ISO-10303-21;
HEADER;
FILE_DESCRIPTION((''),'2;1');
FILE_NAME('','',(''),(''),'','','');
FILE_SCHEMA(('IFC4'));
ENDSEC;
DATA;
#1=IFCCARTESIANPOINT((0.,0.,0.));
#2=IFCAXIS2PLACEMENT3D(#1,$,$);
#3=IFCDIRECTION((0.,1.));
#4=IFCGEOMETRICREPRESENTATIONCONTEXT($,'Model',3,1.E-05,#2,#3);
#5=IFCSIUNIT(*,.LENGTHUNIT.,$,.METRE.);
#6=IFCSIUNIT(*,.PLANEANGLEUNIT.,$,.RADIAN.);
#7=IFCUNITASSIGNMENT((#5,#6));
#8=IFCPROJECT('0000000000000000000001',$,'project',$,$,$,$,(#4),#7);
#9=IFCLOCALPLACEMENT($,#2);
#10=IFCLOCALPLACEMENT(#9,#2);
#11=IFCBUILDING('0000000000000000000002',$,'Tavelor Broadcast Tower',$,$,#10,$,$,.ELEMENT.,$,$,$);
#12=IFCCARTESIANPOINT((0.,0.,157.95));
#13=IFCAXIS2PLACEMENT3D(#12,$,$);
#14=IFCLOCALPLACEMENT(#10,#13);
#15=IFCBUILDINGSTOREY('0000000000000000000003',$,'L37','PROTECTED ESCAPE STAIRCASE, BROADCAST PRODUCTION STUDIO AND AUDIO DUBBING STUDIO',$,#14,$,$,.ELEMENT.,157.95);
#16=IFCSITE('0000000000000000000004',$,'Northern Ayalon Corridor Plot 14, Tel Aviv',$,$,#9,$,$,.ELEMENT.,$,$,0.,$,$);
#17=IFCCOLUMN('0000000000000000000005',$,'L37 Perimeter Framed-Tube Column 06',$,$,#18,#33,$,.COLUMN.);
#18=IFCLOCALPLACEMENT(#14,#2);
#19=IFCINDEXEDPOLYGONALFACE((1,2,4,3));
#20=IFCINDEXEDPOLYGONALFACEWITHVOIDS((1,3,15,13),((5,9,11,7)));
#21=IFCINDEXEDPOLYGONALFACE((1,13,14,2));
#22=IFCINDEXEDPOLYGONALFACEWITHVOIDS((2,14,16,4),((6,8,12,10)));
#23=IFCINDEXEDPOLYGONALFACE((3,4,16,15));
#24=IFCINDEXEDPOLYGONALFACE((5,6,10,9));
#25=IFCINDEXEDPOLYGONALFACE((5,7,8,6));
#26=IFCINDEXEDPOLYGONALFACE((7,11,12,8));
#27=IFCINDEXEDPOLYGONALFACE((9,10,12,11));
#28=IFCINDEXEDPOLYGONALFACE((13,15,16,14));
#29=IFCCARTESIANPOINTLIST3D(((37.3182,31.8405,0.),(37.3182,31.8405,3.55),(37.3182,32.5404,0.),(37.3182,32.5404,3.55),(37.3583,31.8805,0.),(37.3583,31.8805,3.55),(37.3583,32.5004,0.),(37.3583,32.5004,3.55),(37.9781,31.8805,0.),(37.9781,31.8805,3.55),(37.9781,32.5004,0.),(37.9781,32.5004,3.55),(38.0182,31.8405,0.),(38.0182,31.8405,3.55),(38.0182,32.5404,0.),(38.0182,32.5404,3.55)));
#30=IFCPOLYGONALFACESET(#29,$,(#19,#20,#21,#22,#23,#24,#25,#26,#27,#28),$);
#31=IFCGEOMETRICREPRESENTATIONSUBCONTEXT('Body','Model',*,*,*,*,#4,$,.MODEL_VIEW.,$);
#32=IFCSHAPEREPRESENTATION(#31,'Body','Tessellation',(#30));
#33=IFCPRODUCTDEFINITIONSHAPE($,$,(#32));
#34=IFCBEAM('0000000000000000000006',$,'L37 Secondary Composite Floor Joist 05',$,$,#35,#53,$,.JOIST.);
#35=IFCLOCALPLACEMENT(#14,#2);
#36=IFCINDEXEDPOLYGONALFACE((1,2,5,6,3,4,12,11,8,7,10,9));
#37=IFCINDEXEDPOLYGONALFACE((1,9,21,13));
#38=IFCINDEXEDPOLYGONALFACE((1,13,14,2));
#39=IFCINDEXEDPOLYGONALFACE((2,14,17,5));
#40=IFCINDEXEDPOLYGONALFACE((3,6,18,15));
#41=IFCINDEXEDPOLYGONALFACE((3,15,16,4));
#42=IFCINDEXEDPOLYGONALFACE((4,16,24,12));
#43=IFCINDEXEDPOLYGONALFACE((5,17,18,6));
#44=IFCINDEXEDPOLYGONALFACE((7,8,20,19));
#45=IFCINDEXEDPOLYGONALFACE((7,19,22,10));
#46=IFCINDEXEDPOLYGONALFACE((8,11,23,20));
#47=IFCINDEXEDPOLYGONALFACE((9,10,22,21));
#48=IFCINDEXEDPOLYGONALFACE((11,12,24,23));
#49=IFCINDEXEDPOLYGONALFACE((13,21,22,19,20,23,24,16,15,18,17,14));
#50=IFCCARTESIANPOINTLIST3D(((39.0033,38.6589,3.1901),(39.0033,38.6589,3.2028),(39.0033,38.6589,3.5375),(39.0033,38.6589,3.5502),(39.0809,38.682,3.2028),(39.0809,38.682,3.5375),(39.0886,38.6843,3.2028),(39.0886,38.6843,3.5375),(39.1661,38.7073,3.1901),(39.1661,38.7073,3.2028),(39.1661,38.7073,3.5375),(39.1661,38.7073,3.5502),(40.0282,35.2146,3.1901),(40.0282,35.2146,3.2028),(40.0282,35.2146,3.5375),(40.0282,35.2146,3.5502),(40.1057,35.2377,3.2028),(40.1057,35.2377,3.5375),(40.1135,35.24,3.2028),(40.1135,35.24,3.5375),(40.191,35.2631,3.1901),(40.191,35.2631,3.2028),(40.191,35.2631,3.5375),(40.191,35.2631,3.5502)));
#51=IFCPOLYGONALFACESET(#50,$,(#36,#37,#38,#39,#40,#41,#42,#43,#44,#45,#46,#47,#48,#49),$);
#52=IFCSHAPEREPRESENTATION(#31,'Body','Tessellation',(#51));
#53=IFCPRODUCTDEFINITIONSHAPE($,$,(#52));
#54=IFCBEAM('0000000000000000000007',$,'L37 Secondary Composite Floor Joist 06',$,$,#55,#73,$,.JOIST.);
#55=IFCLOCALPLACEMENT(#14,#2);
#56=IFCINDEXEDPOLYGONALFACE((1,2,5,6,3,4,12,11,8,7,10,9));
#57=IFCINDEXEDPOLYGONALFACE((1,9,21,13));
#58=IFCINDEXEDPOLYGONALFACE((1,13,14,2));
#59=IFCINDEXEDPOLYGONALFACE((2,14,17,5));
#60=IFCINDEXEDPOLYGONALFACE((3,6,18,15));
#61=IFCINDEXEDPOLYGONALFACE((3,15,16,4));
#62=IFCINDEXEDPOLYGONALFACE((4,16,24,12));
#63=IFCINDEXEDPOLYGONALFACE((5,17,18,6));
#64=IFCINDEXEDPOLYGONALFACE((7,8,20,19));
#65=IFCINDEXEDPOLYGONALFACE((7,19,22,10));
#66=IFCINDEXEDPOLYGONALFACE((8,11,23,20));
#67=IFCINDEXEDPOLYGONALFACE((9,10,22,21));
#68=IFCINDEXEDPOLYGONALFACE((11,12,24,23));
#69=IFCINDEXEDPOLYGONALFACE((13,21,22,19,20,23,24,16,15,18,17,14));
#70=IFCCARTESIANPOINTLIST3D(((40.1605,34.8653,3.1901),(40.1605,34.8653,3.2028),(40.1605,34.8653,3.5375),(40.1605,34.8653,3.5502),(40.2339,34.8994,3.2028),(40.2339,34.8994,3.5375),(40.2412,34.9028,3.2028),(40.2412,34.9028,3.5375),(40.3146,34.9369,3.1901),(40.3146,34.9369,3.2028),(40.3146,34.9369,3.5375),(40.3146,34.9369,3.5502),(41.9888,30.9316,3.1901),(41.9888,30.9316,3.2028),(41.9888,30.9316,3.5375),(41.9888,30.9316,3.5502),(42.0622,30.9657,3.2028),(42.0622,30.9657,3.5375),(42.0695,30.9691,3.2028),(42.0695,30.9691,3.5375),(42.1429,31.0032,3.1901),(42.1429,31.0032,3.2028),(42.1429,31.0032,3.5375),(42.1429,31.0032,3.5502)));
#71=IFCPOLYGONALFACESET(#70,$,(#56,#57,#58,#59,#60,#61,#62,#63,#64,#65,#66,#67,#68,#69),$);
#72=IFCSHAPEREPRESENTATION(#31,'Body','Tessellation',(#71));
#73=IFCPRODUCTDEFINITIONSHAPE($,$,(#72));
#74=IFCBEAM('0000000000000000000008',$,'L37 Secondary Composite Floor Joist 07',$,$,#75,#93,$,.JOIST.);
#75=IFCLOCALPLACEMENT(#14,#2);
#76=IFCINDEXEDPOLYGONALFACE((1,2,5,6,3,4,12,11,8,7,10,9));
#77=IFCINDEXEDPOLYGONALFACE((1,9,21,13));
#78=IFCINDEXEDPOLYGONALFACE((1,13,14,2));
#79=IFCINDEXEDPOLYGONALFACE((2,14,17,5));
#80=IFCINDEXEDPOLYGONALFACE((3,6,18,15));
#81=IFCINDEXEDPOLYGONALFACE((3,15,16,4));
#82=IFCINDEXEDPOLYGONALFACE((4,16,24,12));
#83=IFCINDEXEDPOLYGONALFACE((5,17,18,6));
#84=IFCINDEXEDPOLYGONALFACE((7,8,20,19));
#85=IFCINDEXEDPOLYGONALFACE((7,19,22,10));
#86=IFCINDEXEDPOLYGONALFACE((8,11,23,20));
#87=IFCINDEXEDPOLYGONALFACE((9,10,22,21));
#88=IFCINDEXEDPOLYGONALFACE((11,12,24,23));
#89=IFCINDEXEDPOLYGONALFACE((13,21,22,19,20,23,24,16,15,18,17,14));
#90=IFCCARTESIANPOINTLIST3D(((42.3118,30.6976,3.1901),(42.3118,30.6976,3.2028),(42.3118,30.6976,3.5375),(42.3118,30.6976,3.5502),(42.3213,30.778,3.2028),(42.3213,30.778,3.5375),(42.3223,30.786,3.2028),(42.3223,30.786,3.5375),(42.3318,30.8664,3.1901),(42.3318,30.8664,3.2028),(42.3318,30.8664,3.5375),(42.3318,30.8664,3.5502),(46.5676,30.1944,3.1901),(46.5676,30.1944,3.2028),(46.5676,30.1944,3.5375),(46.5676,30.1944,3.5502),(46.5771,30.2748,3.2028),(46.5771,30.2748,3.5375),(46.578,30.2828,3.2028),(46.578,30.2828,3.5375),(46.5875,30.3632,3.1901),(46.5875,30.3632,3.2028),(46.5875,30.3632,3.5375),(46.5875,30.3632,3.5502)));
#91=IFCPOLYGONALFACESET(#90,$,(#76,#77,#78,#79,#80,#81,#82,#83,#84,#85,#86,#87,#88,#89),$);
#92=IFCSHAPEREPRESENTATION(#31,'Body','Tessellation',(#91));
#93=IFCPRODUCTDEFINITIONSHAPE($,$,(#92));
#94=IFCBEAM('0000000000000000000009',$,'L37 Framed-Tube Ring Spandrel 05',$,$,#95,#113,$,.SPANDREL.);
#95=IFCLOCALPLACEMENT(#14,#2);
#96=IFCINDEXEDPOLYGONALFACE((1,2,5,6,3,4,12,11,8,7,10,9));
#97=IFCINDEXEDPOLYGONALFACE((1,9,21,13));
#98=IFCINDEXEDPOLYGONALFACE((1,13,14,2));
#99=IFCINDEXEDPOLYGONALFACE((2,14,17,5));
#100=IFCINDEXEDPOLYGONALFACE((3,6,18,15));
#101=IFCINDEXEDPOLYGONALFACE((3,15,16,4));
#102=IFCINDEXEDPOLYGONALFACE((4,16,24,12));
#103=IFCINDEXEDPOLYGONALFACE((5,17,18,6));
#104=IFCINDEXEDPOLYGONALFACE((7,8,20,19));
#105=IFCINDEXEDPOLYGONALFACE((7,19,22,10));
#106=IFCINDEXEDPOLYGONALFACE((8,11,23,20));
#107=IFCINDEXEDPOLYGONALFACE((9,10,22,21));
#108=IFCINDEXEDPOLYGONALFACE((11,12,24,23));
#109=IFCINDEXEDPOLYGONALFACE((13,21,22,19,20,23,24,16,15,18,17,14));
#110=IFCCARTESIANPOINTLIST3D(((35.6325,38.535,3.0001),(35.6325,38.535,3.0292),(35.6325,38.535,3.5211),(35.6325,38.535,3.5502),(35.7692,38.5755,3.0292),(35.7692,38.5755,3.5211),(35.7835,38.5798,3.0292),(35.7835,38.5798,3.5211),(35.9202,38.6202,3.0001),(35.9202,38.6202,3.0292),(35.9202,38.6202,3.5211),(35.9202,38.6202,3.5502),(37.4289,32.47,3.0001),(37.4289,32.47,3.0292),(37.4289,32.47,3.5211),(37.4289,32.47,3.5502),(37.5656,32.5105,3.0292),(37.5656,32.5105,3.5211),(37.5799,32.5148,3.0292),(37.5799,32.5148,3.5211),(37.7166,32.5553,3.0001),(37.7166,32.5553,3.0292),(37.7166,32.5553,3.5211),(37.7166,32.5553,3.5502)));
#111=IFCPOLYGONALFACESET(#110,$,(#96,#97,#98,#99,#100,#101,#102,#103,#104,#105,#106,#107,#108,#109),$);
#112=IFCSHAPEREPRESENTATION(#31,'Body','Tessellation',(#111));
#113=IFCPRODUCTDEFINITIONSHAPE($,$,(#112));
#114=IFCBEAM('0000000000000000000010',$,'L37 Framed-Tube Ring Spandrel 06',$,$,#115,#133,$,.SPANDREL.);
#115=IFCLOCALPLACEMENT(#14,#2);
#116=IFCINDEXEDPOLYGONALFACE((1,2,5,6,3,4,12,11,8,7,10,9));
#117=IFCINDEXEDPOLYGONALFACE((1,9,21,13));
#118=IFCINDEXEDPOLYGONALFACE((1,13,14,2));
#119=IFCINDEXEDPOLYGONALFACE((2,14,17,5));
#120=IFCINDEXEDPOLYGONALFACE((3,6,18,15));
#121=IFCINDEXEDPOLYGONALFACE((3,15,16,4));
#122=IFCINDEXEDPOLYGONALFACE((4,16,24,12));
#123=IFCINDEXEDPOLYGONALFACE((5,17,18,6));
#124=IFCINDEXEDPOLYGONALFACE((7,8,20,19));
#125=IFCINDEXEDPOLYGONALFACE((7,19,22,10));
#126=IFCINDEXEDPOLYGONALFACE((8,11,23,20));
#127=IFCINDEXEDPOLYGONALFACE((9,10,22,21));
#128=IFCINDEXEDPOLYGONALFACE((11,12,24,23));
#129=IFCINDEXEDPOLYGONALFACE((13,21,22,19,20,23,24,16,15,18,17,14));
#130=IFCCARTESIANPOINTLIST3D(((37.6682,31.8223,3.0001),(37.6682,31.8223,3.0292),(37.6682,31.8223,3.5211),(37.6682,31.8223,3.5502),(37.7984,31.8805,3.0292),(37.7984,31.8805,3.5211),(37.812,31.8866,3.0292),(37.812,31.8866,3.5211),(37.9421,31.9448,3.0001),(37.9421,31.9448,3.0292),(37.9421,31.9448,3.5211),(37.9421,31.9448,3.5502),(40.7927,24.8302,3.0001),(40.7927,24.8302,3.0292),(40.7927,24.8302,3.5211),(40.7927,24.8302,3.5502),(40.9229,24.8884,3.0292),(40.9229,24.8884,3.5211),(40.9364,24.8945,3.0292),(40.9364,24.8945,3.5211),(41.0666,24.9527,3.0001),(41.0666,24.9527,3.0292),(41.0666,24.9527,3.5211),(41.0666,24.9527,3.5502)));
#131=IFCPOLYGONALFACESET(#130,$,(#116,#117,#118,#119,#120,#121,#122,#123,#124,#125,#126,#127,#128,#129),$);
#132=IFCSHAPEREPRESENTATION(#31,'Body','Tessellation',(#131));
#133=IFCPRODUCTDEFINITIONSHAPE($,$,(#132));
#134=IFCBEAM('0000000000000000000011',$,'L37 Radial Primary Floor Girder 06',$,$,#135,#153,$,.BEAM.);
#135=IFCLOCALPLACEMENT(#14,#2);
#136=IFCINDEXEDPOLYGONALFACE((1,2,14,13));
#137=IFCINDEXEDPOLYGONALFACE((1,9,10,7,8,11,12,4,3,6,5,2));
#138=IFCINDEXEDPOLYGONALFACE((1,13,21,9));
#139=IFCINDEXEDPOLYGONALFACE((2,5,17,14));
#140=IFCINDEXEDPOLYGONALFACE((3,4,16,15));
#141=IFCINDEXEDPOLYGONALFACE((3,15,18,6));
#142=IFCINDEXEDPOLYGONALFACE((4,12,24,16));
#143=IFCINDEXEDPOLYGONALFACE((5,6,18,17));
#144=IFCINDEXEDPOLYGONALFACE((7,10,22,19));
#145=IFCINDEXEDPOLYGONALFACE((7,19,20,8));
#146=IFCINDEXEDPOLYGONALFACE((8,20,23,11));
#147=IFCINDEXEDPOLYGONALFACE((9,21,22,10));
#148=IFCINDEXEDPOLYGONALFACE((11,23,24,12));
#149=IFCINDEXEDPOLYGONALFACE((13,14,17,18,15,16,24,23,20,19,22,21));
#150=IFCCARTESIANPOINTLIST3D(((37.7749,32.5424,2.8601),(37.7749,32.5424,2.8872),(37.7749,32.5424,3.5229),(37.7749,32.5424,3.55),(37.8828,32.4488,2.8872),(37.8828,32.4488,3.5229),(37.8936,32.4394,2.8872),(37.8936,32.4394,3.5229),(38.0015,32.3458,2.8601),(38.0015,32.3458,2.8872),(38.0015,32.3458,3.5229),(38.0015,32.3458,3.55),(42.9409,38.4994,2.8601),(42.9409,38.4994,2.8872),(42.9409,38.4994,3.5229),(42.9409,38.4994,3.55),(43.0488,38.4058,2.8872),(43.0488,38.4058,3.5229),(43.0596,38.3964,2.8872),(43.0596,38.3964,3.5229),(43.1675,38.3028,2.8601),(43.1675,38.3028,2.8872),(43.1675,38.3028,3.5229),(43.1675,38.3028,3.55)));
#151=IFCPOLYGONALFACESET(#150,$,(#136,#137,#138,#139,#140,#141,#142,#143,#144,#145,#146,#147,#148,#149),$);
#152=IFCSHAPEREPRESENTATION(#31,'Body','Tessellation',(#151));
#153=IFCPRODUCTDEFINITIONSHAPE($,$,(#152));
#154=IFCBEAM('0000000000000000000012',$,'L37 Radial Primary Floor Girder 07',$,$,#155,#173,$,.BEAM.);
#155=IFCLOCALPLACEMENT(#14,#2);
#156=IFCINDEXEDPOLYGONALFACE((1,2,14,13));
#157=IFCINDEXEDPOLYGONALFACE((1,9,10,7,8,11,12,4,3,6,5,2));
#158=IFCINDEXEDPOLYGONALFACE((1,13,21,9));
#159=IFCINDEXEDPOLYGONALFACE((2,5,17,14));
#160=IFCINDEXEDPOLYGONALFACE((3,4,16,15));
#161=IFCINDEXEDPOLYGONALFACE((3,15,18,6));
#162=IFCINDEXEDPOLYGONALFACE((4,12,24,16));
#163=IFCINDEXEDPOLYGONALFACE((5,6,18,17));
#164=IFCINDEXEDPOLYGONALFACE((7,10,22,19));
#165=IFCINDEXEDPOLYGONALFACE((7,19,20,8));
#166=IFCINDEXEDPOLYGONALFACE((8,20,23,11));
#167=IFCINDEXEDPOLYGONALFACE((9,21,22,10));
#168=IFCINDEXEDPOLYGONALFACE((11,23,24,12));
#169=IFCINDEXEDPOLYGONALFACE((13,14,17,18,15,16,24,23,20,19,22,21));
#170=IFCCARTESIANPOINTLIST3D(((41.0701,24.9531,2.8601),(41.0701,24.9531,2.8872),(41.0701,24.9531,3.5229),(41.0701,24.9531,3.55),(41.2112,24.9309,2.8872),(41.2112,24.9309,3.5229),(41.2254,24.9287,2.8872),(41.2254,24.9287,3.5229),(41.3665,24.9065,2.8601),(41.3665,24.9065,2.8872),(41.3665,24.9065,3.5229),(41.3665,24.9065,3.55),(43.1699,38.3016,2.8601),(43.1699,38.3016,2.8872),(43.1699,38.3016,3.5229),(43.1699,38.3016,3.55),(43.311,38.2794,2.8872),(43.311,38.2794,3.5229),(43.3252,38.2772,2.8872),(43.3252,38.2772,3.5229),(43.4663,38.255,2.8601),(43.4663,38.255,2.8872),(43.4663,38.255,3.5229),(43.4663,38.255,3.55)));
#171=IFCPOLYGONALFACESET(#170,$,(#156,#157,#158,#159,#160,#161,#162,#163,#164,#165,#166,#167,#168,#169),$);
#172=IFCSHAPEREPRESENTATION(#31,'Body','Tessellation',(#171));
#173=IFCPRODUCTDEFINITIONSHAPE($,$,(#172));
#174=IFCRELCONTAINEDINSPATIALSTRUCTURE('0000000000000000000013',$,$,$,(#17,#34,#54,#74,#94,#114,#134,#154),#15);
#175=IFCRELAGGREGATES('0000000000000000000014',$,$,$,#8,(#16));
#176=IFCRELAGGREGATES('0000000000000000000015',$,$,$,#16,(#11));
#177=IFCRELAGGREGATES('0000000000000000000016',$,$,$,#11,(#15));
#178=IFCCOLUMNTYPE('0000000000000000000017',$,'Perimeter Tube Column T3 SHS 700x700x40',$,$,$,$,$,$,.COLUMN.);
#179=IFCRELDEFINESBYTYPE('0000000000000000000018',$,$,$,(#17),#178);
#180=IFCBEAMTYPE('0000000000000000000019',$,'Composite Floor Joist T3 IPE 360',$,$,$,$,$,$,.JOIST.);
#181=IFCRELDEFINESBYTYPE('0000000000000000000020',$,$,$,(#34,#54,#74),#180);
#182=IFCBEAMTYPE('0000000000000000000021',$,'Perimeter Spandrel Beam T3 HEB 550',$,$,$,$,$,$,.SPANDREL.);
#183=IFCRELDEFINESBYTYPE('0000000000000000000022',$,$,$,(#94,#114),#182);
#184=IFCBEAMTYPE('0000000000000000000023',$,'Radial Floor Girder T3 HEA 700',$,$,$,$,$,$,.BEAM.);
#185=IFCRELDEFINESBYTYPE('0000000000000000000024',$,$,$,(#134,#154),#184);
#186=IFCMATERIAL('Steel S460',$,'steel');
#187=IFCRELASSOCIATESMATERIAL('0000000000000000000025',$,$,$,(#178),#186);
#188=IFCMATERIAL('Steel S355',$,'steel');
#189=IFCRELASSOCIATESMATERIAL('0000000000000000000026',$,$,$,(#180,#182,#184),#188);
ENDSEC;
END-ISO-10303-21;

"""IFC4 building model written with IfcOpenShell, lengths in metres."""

from ifc_helpers import new_model, si_unit, direction, frame, origin, origin_2d, place, context, subcontext, project, spatial, hollow_rectangle, i_section, extrude, material, material_profile, profile_set, type_object, element, save


model = new_model("IFC4")

# Units and contexts
model_context = context("Model", 3, precision=1e-05, world=origin(), true_north=direction((0.0, 1.0)))
body_context = subcontext(model_context, "Body", "Model", "MODEL_VIEW")
ifc_project = project(units=[si_unit("LENGTHUNIT", "METRE"), si_unit("PLANEANGLEUNIT", "RADIAN")], contexts=[model_context])

# Site, building, storey
site_placement = place(None, origin())
site = spatial("IfcSite", under=ifc_project, at=site_placement, Name="Northern Ayalon Corridor Plot 14, Tel Aviv", CompositionType="ELEMENT", RefElevation=0.0)
building_placement = place(site_placement, origin())
building = spatial("IfcBuilding", under=site, at=building_placement, Name="Tavelor Broadcast Tower", CompositionType="ELEMENT")
storey_placement = place(building_placement, frame((0.0, 0.0, 157.95)))
storey = spatial("IfcBuildingStorey", under=building, at=storey_placement, Name="L37", Description="PROTECTED ESCAPE STAIRCASE, BROADCAST PRODUCTION STUDIO AND AUDIO DUBBING STUDIO", CompositionType="ELEMENT", Elevation=157.95)

# Column
ifc_material_1 = material(Name="Steel S460", Category="steel")
ifc_material_profile_1 = material_profile(ifc_material_1, hollow_rectangle(XDim=0.7, YDim=0.7, WallThickness=0.04, at=origin_2d()), Name="SHS 700x700x40")
ifc_profile_set_1 = profile_set([ifc_material_profile_1], Name="Steel S460")
column_type = type_object("IfcColumnType", Name="Perimeter Tube Column T3 SHS 700x700x40", PredefinedType="COLUMN", material=ifc_profile_set_1)
column_placement = place(storey_placement, frame((37.6682, 32.1904, 0.0), z_axis=(0.0, 0.0, 1.0), x_axis=(1.0, 0.0, 0.0)))
element("IfcColumn", 1, at=column_placement, inside=storey, type_object=column_type, Name="L37 Perimeter Framed-Tube Column 06", PredefinedType="COLUMN", context=body_context, shape_type="SweptSolid", body=[
    extrude(hollow_rectangle(XDim=0.7, YDim=0.7, WallThickness=0.04, at=origin_2d()), origin(), (0.0, 0.0, 1.0), 3.55),
])

# Beams
ifc_material_2 = material(Name="Steel S355", Category="steel")
ifc_material_profile_2 = material_profile(ifc_material_2, i_section(OverallWidth=0.1699, OverallDepth=0.3601, WebThickness=0.0081, FlangeThickness=0.0127, at=origin_2d()), Name="IPE 360")
ifc_profile_set_2 = profile_set([ifc_material_profile_2], Name="Steel S355")
beam_type_1 = type_object("IfcBeamType", Name="Composite Floor Joist T3 IPE 360", PredefinedType="JOIST", material=ifc_profile_set_2)
beam_1_placement = place(storey_placement, frame((39.0847, 38.6831, 3.3701), z_axis=(0.285203, -0.958467, 0.0), x_axis=(0.958467, 0.285203, 0.0)))
element("IfcBeam", 2, at=beam_1_placement, inside=storey, type_object=beam_type_1, Name="L37 Secondary Composite Floor Joist 05", PredefinedType="JOIST", context=body_context, shape_type="SweptSolid", body=[
    extrude(i_section(OverallWidth=0.1699, OverallDepth=0.3601, WebThickness=0.0081, FlangeThickness=0.0127, at=origin_2d()), origin(), (0.0, 0.0, 1.0), 3.5935),
])
beam_2_placement = place(storey_placement, frame((40.2375, 34.9011, 3.3701), z_axis=(0.42148, -0.906838, 0.0), x_axis=(0.906838, 0.42148, 0.0)))
element("IfcBeam", 3, at=beam_2_placement, inside=storey, type_object=beam_type_1, Name="L37 Secondary Composite Floor Joist 06", PredefinedType="JOIST", context=body_context, shape_type="SweptSolid", body=[
    extrude(i_section(OverallWidth=0.1699, OverallDepth=0.3601, WebThickness=0.0081, FlangeThickness=0.0127, at=origin_2d()), origin(), (0.0, 0.0, 1.0), 4.3379),
])
beam_3_placement = place(storey_placement, frame((42.3218, 30.782, 3.3701), z_axis=(0.993083, -0.117413, 0.0), x_axis=(0.117413, 0.993083, 0.0)))
element("IfcBeam", 4, at=beam_3_placement, inside=storey, type_object=beam_type_1, Name="L37 Secondary Composite Floor Joist 07", PredefinedType="JOIST", context=body_context, shape_type="SweptSolid", body=[
    extrude(i_section(OverallWidth=0.1699, OverallDepth=0.3601, WebThickness=0.0081, FlangeThickness=0.0127, at=origin_2d()), origin(), (0.0, 0.0, 1.0), 4.2854),
])
ifc_material_profile_3 = material_profile(ifc_material_2, i_section(OverallWidth=0.3, OverallDepth=0.55, WebThickness=0.0149, FlangeThickness=0.0291, at=origin_2d()), Name="HEB 550")
ifc_profile_set_3 = profile_set([ifc_material_profile_3], Name="Steel S355")
beam_type_2 = type_object("IfcBeamType", Name="Perimeter Spandrel Beam T3 HEB 550", PredefinedType="SPANDREL", material=ifc_profile_set_3)
beam_4_placement = place(storey_placement, frame((35.7764, 38.5776, 3.2751), z_axis=(0.283996, -0.958825, 0.0), x_axis=(0.958825, 0.283996, 0.0)))
element("IfcBeam", 5, at=beam_4_placement, inside=storey, type_object=beam_type_2, Name="L37 Framed-Tube Ring Spandrel 05", PredefinedType="SPANDREL", context=body_context, shape_type="SweptSolid", body=[
    extrude(i_section(OverallWidth=0.3, OverallDepth=0.55, WebThickness=0.0149, FlangeThickness=0.0291, at=origin_2d()), origin(), (0.0, 0.0, 1.0), 6.3254),
])
beam_5_placement = place(storey_placement, frame((37.8052, 31.8835, 3.2751), z_axis=(0.407977, -0.912992, 0.0), x_axis=(0.912992, 0.407977, 0.0)))
element("IfcBeam", 6, at=beam_5_placement, inside=storey, type_object=beam_type_2, Name="L37 Framed-Tube Ring Spandrel 06", PredefinedType="SPANDREL", context=body_context, shape_type="SweptSolid", body=[
    extrude(i_section(OverallWidth=0.3, OverallDepth=0.55, WebThickness=0.0149, FlangeThickness=0.0291, at=origin_2d()), origin(), (0.0, 0.0, 1.0), 7.6584),
])
ifc_material_profile_4 = material_profile(ifc_material_2, i_section(OverallWidth=0.3, OverallDepth=0.6899, WebThickness=0.0144, FlangeThickness=0.0271, at=origin_2d()), Name="HEA 700")
ifc_profile_set_4 = profile_set([ifc_material_profile_4], Name="Steel S355")
beam_type_3 = type_object("IfcBeamType", Name="Radial Floor Girder T3 HEA 700", PredefinedType="BEAM", material=ifc_profile_set_4)
beam_6_placement = place(storey_placement, frame((43.0542, 38.4011, 3.2051), z_axis=(-0.655166, -0.755485, 0.0), x_axis=(0.755485, -0.655166, 0.0)))
element("IfcBeam", 7, at=beam_6_placement, inside=storey, type_object=beam_type_3, Name="L37 Radial Primary Floor Girder 06", PredefinedType="BEAM", context=body_context, shape_type="SweptSolid", body=[
    extrude(i_section(OverallWidth=0.3, OverallDepth=0.6899, WebThickness=0.0144, FlangeThickness=0.0271, at=origin_2d()), origin(), (0.0, 0.0, 1.0), 7.885),
])
beam_7_placement = place(storey_placement, frame((43.3181, 38.2783, 3.2051), z_axis=(-0.155398, -0.987852, 0.0), x_axis=(0.987852, -0.155398, 0.0)))
element("IfcBeam", 8, at=beam_7_placement, inside=storey, type_object=beam_type_3, Name="L37 Radial Primary Floor Girder 07", PredefinedType="BEAM", context=body_context, shape_type="SweptSolid", body=[
    extrude(i_section(OverallWidth=0.3, OverallDepth=0.6899, WebThickness=0.0144, FlangeThickness=0.0271, at=origin_2d()), origin(), (0.0, 0.0, 1.0), 13.5127),
])

save(model, "model.ifc")
